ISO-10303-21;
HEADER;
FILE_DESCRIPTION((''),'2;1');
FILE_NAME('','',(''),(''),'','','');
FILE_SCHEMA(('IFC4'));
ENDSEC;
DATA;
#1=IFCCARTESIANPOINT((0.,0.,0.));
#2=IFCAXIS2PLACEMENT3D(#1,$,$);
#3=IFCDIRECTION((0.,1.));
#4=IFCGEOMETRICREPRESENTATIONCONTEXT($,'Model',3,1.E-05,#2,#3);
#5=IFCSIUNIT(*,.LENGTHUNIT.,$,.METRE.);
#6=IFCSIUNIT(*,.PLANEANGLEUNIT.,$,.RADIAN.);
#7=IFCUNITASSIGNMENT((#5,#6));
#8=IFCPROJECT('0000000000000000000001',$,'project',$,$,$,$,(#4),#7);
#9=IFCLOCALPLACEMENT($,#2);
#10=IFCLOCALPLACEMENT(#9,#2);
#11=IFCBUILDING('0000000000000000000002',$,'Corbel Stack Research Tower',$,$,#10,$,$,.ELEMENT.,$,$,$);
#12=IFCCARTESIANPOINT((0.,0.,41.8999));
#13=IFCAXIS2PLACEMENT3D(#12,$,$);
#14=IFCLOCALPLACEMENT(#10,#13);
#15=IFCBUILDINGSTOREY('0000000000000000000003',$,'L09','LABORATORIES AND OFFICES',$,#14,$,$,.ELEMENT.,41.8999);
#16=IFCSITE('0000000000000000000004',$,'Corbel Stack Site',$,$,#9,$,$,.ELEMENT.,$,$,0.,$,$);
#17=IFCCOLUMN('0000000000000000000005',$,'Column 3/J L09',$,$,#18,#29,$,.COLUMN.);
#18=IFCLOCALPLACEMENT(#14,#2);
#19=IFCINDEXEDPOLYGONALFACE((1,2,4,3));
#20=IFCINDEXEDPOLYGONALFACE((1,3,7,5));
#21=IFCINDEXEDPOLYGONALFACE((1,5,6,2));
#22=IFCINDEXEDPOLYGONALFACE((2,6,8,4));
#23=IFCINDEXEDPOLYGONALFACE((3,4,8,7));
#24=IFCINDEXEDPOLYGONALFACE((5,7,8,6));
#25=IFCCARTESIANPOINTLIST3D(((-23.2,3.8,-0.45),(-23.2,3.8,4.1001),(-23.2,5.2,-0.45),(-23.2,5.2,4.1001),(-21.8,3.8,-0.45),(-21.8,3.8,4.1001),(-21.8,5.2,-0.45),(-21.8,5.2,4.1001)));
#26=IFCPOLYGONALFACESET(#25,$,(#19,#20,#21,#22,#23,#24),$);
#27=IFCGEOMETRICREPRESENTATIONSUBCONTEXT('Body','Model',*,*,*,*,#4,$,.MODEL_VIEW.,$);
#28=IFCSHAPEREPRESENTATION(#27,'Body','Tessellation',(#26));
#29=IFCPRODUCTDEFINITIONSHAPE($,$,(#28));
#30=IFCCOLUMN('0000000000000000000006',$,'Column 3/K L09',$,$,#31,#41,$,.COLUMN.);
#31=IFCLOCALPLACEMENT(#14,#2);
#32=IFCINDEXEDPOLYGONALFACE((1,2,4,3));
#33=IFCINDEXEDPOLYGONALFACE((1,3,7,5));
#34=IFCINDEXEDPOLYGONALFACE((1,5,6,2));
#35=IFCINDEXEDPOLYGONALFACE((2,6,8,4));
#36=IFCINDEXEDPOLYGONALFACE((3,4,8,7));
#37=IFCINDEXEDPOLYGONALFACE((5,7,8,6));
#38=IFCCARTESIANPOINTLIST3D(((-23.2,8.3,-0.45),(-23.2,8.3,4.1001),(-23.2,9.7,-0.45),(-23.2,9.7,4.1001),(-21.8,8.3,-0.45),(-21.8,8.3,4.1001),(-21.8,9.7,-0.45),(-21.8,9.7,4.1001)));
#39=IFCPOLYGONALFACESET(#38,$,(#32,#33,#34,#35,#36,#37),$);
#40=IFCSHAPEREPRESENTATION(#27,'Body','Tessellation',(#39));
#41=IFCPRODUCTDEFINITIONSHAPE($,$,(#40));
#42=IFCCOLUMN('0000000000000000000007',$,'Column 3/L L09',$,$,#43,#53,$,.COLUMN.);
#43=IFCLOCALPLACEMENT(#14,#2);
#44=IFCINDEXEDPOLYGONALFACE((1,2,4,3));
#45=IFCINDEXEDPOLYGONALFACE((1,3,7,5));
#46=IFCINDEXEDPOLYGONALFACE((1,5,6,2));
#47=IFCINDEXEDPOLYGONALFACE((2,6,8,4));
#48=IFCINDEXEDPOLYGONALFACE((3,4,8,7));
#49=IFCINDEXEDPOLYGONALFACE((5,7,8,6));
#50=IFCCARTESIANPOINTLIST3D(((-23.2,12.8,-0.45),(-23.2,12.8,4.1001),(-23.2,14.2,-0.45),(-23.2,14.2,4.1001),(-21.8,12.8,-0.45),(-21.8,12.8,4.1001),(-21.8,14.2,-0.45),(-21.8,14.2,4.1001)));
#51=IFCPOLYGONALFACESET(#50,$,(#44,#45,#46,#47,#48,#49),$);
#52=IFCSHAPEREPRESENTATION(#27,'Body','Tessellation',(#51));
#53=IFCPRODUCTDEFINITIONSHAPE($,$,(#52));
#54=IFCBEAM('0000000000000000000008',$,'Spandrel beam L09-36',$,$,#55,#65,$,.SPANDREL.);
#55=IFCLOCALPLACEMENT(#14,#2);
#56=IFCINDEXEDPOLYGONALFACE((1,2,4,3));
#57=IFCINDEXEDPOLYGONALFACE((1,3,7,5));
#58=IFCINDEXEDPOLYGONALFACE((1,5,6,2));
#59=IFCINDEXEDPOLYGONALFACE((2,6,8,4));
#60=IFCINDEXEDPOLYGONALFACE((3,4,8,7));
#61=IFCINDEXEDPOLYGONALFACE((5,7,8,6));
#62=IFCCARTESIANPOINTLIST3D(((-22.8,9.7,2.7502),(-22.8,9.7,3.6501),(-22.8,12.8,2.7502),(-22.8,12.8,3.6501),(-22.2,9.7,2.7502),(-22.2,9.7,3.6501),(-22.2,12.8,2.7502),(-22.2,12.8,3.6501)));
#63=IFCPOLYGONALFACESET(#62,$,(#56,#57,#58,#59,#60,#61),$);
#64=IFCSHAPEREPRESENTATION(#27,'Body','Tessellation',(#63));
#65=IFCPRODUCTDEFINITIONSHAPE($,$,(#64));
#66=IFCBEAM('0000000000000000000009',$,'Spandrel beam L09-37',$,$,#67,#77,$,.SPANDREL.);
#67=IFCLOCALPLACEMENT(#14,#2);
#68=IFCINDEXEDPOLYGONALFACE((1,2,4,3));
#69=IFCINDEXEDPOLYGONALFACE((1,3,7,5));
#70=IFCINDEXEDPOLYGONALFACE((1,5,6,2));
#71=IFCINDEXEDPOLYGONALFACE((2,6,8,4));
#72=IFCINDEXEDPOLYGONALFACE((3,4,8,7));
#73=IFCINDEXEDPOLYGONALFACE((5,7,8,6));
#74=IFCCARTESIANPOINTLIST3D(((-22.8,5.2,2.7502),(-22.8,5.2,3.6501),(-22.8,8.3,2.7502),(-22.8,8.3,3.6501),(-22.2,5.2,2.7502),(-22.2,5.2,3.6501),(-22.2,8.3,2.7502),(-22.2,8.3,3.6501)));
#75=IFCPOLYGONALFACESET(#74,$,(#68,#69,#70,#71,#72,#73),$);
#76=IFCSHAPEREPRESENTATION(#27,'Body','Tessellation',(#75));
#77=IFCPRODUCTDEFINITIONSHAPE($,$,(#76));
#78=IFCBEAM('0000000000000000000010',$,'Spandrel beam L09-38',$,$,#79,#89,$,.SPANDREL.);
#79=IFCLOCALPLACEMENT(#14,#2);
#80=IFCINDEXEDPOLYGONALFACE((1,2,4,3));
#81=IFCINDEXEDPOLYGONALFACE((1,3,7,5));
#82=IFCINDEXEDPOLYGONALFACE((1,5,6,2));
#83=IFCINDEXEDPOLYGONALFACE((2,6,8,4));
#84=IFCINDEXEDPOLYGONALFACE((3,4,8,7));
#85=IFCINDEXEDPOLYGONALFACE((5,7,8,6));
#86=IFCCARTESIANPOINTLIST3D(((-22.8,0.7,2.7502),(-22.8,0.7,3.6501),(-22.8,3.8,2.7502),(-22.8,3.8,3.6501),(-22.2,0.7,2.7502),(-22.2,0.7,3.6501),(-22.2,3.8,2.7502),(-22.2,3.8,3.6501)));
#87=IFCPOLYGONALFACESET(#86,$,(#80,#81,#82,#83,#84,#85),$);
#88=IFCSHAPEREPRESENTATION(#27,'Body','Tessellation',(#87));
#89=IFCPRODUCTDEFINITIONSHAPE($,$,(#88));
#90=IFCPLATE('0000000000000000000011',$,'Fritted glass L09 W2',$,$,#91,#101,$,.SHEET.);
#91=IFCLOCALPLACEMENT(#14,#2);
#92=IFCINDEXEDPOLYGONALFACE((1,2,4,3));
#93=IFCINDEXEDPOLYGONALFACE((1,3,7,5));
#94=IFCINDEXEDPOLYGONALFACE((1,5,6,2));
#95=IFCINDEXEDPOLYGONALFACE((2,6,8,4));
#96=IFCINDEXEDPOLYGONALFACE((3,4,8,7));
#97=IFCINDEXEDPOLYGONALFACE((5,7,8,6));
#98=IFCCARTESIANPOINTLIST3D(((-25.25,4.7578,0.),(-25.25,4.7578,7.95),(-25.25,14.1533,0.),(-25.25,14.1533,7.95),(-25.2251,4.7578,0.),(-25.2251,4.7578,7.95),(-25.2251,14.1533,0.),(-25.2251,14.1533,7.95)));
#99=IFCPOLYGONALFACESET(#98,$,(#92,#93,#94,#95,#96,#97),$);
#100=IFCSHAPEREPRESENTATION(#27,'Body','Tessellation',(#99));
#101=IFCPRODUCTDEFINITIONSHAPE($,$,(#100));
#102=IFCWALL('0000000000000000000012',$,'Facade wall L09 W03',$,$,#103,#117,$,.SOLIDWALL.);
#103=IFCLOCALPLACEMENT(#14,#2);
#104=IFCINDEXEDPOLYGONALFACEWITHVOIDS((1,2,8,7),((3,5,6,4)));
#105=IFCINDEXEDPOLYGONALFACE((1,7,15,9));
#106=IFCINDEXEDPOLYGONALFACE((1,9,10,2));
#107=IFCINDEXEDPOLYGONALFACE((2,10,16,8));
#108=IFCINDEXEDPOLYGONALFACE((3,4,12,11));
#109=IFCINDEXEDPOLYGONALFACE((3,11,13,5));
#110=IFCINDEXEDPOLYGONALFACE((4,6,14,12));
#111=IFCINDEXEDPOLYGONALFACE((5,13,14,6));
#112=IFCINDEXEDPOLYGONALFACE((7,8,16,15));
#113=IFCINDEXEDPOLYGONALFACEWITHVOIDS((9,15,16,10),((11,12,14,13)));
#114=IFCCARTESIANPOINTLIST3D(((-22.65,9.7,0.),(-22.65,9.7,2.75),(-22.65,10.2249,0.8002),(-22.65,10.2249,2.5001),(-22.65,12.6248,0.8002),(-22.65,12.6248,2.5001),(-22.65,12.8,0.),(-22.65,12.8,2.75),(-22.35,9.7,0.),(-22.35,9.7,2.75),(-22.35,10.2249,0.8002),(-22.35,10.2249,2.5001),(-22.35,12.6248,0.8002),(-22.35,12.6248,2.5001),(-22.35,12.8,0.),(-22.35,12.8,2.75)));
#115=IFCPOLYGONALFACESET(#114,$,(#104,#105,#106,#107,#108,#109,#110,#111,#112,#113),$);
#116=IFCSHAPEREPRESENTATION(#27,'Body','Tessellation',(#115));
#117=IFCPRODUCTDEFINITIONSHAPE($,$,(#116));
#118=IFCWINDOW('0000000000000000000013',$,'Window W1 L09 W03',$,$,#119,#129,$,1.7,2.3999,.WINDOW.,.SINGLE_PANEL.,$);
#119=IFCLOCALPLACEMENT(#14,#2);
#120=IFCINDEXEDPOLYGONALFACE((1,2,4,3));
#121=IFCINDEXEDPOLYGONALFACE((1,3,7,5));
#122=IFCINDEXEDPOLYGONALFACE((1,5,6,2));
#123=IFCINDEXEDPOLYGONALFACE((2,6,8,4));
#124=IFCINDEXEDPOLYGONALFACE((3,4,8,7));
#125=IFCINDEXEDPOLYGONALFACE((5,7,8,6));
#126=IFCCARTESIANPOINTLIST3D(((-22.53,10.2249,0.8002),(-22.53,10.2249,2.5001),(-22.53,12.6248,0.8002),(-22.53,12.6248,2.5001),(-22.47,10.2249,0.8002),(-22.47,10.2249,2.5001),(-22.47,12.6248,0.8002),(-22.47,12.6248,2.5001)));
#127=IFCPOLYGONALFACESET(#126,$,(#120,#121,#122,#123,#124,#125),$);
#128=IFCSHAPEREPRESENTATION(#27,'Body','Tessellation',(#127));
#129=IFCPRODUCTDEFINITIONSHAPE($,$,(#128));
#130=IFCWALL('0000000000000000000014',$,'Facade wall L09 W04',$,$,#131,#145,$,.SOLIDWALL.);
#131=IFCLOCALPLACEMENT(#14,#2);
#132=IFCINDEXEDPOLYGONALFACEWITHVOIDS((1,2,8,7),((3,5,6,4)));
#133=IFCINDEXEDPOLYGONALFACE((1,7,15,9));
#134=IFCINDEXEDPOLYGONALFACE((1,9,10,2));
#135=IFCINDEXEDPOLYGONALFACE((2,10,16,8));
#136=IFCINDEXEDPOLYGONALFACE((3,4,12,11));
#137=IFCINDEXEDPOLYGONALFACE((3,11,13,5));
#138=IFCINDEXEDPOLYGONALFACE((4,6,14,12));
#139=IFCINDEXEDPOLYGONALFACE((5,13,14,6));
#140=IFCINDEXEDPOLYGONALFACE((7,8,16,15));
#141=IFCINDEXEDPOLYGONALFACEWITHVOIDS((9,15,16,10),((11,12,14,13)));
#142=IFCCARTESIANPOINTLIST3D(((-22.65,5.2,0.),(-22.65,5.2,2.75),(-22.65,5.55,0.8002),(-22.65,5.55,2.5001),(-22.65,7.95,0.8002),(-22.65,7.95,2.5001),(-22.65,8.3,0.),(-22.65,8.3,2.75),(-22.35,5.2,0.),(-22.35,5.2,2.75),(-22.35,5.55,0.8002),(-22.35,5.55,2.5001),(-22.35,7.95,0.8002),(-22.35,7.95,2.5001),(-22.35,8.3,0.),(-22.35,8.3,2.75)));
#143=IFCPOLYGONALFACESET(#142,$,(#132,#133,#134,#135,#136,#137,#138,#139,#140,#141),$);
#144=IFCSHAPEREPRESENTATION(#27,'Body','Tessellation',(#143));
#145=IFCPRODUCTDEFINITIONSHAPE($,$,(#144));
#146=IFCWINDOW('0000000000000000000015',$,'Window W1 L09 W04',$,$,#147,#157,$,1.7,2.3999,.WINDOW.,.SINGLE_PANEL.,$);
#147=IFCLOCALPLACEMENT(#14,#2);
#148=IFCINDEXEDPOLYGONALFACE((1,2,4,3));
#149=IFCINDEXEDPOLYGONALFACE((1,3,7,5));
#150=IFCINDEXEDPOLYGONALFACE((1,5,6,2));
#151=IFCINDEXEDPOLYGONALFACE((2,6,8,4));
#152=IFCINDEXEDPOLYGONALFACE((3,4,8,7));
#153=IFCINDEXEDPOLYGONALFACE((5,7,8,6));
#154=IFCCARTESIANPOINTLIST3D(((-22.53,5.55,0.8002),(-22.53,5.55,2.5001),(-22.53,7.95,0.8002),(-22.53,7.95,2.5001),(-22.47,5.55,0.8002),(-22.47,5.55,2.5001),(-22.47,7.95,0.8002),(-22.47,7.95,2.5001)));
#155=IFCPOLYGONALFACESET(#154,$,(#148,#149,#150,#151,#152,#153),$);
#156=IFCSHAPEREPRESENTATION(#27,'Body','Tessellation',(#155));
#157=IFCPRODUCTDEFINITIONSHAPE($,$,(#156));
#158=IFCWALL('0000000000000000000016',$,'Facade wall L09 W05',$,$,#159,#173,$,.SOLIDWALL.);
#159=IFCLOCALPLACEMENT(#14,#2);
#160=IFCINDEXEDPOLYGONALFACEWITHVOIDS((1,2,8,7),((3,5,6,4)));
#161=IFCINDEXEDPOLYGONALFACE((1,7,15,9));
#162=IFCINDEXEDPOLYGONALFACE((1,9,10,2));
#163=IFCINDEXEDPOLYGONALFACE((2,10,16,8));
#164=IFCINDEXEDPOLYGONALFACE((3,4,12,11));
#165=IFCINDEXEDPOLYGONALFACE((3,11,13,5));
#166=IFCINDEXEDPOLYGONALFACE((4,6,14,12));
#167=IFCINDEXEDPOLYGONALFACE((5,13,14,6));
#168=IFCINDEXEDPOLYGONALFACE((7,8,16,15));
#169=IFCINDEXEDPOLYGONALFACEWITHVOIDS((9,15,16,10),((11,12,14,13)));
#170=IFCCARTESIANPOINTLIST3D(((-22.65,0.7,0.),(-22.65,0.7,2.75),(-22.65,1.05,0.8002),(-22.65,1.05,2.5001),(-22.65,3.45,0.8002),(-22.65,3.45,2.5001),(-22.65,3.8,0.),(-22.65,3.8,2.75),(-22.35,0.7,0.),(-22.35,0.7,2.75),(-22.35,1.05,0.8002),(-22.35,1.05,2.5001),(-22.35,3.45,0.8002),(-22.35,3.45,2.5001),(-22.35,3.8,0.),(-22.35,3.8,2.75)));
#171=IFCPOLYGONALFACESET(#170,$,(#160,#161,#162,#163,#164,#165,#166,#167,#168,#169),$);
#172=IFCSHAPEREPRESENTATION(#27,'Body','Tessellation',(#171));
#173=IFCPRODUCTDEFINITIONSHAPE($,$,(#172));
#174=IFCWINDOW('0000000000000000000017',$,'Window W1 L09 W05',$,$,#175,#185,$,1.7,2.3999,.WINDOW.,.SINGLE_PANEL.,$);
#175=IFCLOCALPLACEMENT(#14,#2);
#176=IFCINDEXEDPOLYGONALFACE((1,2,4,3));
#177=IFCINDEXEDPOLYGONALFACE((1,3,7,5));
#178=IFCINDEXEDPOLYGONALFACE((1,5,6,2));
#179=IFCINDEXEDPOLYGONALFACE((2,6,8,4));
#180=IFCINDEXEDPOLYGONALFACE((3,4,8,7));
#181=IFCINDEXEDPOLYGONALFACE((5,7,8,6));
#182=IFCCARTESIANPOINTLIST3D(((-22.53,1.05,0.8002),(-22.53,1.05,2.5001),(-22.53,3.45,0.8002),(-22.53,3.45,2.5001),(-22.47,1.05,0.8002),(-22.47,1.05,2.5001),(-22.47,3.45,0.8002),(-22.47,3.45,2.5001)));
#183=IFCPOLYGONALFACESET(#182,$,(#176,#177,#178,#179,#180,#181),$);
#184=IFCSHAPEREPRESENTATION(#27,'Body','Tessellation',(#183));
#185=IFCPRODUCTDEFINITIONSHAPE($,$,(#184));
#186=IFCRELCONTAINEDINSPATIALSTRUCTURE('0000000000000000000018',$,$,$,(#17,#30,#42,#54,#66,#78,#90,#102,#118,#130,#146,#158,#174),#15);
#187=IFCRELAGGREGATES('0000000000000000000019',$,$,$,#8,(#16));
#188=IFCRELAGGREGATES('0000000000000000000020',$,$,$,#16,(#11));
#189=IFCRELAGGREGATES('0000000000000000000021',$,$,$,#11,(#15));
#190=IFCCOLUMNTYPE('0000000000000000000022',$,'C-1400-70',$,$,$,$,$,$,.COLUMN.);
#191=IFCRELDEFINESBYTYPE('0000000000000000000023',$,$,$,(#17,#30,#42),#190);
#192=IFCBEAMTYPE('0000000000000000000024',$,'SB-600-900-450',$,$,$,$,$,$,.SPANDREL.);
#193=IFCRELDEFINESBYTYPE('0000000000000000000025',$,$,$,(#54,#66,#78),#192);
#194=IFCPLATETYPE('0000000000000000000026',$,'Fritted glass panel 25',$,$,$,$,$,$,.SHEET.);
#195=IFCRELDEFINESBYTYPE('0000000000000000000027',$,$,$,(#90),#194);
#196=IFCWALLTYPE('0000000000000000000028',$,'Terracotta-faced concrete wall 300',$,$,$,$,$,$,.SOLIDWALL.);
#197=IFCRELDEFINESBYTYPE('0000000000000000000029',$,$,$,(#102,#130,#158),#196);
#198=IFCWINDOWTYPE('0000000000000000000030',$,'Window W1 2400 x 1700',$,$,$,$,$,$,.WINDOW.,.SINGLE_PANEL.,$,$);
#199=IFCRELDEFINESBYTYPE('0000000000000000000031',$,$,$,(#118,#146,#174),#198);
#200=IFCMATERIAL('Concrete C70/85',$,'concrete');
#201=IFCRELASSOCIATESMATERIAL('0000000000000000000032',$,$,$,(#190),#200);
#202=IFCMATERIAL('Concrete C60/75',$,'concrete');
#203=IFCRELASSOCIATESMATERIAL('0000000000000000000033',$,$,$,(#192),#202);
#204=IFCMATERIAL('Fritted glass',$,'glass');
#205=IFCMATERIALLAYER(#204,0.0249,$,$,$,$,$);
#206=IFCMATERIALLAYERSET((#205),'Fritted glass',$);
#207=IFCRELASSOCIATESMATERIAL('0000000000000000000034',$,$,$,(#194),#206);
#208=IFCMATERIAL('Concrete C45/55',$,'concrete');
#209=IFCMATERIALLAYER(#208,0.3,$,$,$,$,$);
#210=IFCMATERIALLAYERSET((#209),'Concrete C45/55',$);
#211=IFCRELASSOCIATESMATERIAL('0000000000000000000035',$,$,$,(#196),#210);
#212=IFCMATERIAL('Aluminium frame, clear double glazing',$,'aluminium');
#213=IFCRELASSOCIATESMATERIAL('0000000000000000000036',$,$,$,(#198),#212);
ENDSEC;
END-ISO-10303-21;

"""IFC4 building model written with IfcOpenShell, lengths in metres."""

from ifc_helpers import new_model, si_unit, direction, frame, frame_2d, origin, origin_2d, place, context, subcontext, project, spatial, rectangle, extrude, material, layer, layer_set, material_profile, profile_set, type_object, element, fill, save


model = new_model("IFC4")

# Units and contexts
model_context = context("Model", 3, precision=1e-05, world=origin(), true_north=direction((0.0, 1.0)))
body_context = subcontext(model_context, "Body", "Model", "MODEL_VIEW")
ifc_project = project(units=[si_unit("LENGTHUNIT", "METRE"), si_unit("PLANEANGLEUNIT", "RADIAN")], contexts=[model_context])

# Site, building, storey
site_placement = place(None, origin())
site = spatial("IfcSite", under=ifc_project, at=site_placement, Name="Corbel Stack Site", CompositionType="ELEMENT", RefElevation=0.0)
building_placement = place(site_placement, origin())
building = spatial("IfcBuilding", under=site, at=building_placement, Name="Corbel Stack Research Tower", CompositionType="ELEMENT")
storey_placement = place(building_placement, frame((0.0, 0.0, 41.8999)))
storey = spatial("IfcBuildingStorey", under=building, at=storey_placement, Name="L09", Description="LABORATORIES AND OFFICES", CompositionType="ELEMENT", Elevation=41.8999)

# Columns
ifc_material_1 = material(Name="Concrete C70/85", Category="concrete")
ifc_material_profile_1 = material_profile(ifc_material_1, rectangle(XDim=1.3999, YDim=1.3999, at=origin_2d()), Name="RC 1400 x 1400")
ifc_profile_set_1 = profile_set([ifc_material_profile_1], Name="Concrete C70/85")
column_type = type_object("IfcColumnType", Name="C-1400-70", PredefinedType="COLUMN", material=ifc_profile_set_1)
for number, where, z_axis, x_axis, name in (
    (1, (-22.5, 4.5, -0.45), (0.0, 0.0, 1.0), (1.0, 0.0, 0.0), "Column 3/J L09"),
    (2, (-22.5, 9.0, -0.45), (0.0, 0.0, 1.0), (1.0, 0.0, 0.0), "Column 3/K L09"),
    (3, (-22.5, 13.5, -0.45), (0.0, 0.0, 1.0), (1.0, 0.0, 0.0), "Column 3/L L09"),
):
    element("IfcColumn", number, at=place(storey_placement, frame(where, z_axis=z_axis, x_axis=x_axis)), inside=storey, type_object=column_type, Name=name, PredefinedType="COLUMN", context=body_context, shape_type="SweptSolid", body=[
        extrude(rectangle(XDim=1.3999, YDim=1.3999, at=origin_2d()), origin(), (0.0, 0.0, 1.0), 4.55),
    ])

# Beams
ifc_material_2 = material(Name="Concrete C60/75", Category="concrete")
ifc_material_profile_2 = material_profile(ifc_material_2, rectangle(XDim=0.6001, YDim=0.8999, at=origin_2d()), Name="RC 600 x 900")
ifc_profile_set_2 = profile_set([ifc_material_profile_2], Name="Concrete C60/75")
beam_type = type_object("IfcBeamType", Name="SB-600-900-450", PredefinedType="SPANDREL", material=ifc_profile_set_2)
for number, where, z_axis, x_axis, name in (
    (4, (-22.5, 12.8, 3.2002), (0.0, -1.0, 0.0), (1.0, 0.0, 0.0), "Spandrel beam L09-36"),
    (5, (-22.5, 8.3, 3.2002), (0.0, -1.0, 0.0), (1.0, 0.0, 0.0), "Spandrel beam L09-37"),
    (6, (-22.5, 3.8, 3.2002), (0.0, -1.0, 0.0), (1.0, 0.0, 0.0), "Spandrel beam L09-38"),
):
    element("IfcBeam", number, at=place(storey_placement, frame(where, z_axis=z_axis, x_axis=x_axis)), inside=storey, type_object=beam_type, Name=name, PredefinedType="SPANDREL", context=body_context, shape_type="SweptSolid", body=[
        extrude(rectangle(XDim=0.6001, YDim=0.8999, at=origin_2d()), origin(), (0.0, 0.0, 1.0), 3.1001),
    ])

# Plate
ifc_material_3 = material(Name="Fritted glass", Category="glass")
ifc_layer_1 = layer(ifc_material_3, 0.0249)
ifc_layer_set_1 = layer_set([ifc_layer_1], Name="Fritted glass")
plate_type = type_object("IfcPlateType", Name="Fritted glass panel 25", PredefinedType="SHEET", material=ifc_layer_set_1)
plate_placement = place(storey_placement, frame((-25.2375, 9.4556, 0.0), z_axis=(0.0, 0.0, 1.0), x_axis=(0.0, -1.0, 0.0)))
element("IfcPlate", 7, at=plate_placement, inside=storey, type_object=plate_type, Name="Fritted glass L09 W2", PredefinedType="SHEET", context=body_context, shape_type="SweptSolid", body=[
    extrude(rectangle(XDim=9.3955, YDim=0.0249, at=origin_2d()), origin(), (0.0, 0.0, 1.0), 7.95),
])

# Walls, openings, windows
ifc_material_4 = material(Name="Concrete C45/55", Category="concrete")
ifc_layer_2 = layer(ifc_material_4, 0.3)
ifc_layer_set_2 = layer_set([ifc_layer_2], Name="Concrete C45/55")
wall_type = type_object("IfcWallType", Name="Terracotta-faced concrete wall 300", PredefinedType="SOLIDWALL", material=ifc_layer_set_2)
wall_1_placement = place(storey_placement, frame((-22.5, 9.7, 0.0), z_axis=(0.0, 0.0, 1.0), x_axis=(0.0, 1.0, 0.0)))
wall_1 = element("IfcWall", 8, at=wall_1_placement, inside=storey, type_object=wall_type, Name="Facade wall L09 W03", PredefinedType="SOLIDWALL", context=body_context, shape_type="SweptSolid", body=[
    extrude(rectangle(XDim=3.1001, YDim=0.3, at=frame_2d((1.55, 0.0))), origin(), (0.0, 0.0, 1.0), 2.75),
])
opening_1_placement = place(wall_1_placement, frame((0.5249, 0.0, 0.8)))
opening_1 = element("IfcOpeningElement", 9, at=opening_1_placement, cuts=wall_1, PredefinedType="OPENING", context=body_context, shape_type="SweptSolid", body=[
    extrude(rectangle(XDim=2.3999, YDim=1.7, at=frame_2d((1.2, 0.8501))), frame((0.0, 0.1599, 0.0), z_axis=(0.0, -1.0, 0.0), x_axis=(1.0, 0.0, 0.0)), (0.0, 0.0, 1.0), 0.3201),
])
ifc_material_5 = material(Name="Aluminium frame, clear double glazing", Category="aluminium")
window_type = type_object("IfcWindowType", Name="Window W1 2400 x 1700", PartitioningType="SINGLE_PANEL", PredefinedType="WINDOW", material=ifc_material_5)
window_1_placement = place(opening_1_placement, origin())
window_1 = element("IfcWindow", 10, at=window_1_placement, inside=storey, type_object=window_type, Name="Window W1 L09 W03", OverallHeight=1.7, OverallWidth=2.3999, PartitioningType="SINGLE_PANEL", PredefinedType="WINDOW", context=body_context, shape_type="SweptSolid", body=[
    extrude(rectangle(XDim=2.3999, YDim=1.7, at=frame_2d((1.2, 0.8501))), frame((0.0, 0.03, 0.0), z_axis=(0.0, -1.0, 0.0), x_axis=(1.0, 0.0, 0.0)), (0.0, 0.0, 1.0), 0.0601),
])
fill(opening_1, window_1)
wall_2_placement = place(storey_placement, frame((-22.5, 5.2, 0.0), z_axis=(0.0, 0.0, 1.0), x_axis=(0.0, 1.0, 0.0)))
wall_2 = element("IfcWall", 11, at=wall_2_placement, inside=storey, type_object=wall_type, Name="Facade wall L09 W04", PredefinedType="SOLIDWALL", context=body_context, shape_type="SweptSolid", body=[
    extrude(rectangle(XDim=3.1001, YDim=0.3, at=frame_2d((1.55, 0.0))), origin(), (0.0, 0.0, 1.0), 2.75),
])
opening_2_placement = place(wall_2_placement, frame((0.3501, 0.0, 0.8)))
opening_2 = element("IfcOpeningElement", 12, at=opening_2_placement, cuts=wall_2, PredefinedType="OPENING", context=body_context, shape_type="SweptSolid", body=[
    extrude(rectangle(XDim=2.3999, YDim=1.7, at=frame_2d((1.2, 0.8501))), frame((0.0, 0.1599, 0.0), z_axis=(0.0, -1.0, 0.0), x_axis=(1.0, 0.0, 0.0)), (0.0, 0.0, 1.0), 0.3201),
])
window_2_placement = place(opening_2_placement, origin())
window_2 = element("IfcWindow", 13, at=window_2_placement, inside=storey, type_object=window_type, Name="Window W1 L09 W04", OverallHeight=1.7, OverallWidth=2.3999, PartitioningType="SINGLE_PANEL", PredefinedType="WINDOW", context=body_context, shape_type="SweptSolid", body=[
    extrude(rectangle(XDim=2.3999, YDim=1.7, at=frame_2d((1.2, 0.8501))), frame((0.0, 0.03, 0.0), z_axis=(0.0, -1.0, 0.0), x_axis=(1.0, 0.0, 0.0)), (0.0, 0.0, 1.0), 0.0601),
])
fill(opening_2, window_2)
wall_3_placement = place(storey_placement, frame((-22.5, 0.7, 0.0), z_axis=(0.0, 0.0, 1.0), x_axis=(0.0, 1.0, 0.0)))
wall_3 = element("IfcWall", 14, at=wall_3_placement, inside=storey, type_object=wall_type, Name="Facade wall L09 W05", PredefinedType="SOLIDWALL", context=body_context, shape_type="SweptSolid", body=[
    extrude(rectangle(XDim=3.1001, YDim=0.3, at=frame_2d((1.55, 0.0))), origin(), (0.0, 0.0, 1.0), 2.75),
])
opening_3_placement = place(wall_3_placement, frame((0.3501, 0.0, 0.8)))
opening_3 = element("IfcOpeningElement", 15, at=opening_3_placement, cuts=wall_3, PredefinedType="OPENING", context=body_context, shape_type="SweptSolid", body=[
    extrude(rectangle(XDim=2.3999, YDim=1.7, at=frame_2d((1.2, 0.8501))), frame((0.0, 0.1599, 0.0), z_axis=(0.0, -1.0, 0.0), x_axis=(1.0, 0.0, 0.0)), (0.0, 0.0, 1.0), 0.3201),
])
window_3_placement = place(opening_3_placement, origin())
window_3 = element("IfcWindow", 16, at=window_3_placement, inside=storey, type_object=window_type, Name="Window W1 L09 W05", OverallHeight=1.7, OverallWidth=2.3999, PartitioningType="SINGLE_PANEL", PredefinedType="WINDOW", context=body_context, shape_type="SweptSolid", body=[
    extrude(rectangle(XDim=2.3999, YDim=1.7, at=frame_2d((1.2, 0.8501))), frame((0.0, 0.03, 0.0), z_axis=(0.0, -1.0, 0.0), x_axis=(1.0, 0.0, 0.0)), (0.0, 0.0, 1.0), 0.0601),
])
fill(opening_3, window_3)

save(model, "model.ifc")
